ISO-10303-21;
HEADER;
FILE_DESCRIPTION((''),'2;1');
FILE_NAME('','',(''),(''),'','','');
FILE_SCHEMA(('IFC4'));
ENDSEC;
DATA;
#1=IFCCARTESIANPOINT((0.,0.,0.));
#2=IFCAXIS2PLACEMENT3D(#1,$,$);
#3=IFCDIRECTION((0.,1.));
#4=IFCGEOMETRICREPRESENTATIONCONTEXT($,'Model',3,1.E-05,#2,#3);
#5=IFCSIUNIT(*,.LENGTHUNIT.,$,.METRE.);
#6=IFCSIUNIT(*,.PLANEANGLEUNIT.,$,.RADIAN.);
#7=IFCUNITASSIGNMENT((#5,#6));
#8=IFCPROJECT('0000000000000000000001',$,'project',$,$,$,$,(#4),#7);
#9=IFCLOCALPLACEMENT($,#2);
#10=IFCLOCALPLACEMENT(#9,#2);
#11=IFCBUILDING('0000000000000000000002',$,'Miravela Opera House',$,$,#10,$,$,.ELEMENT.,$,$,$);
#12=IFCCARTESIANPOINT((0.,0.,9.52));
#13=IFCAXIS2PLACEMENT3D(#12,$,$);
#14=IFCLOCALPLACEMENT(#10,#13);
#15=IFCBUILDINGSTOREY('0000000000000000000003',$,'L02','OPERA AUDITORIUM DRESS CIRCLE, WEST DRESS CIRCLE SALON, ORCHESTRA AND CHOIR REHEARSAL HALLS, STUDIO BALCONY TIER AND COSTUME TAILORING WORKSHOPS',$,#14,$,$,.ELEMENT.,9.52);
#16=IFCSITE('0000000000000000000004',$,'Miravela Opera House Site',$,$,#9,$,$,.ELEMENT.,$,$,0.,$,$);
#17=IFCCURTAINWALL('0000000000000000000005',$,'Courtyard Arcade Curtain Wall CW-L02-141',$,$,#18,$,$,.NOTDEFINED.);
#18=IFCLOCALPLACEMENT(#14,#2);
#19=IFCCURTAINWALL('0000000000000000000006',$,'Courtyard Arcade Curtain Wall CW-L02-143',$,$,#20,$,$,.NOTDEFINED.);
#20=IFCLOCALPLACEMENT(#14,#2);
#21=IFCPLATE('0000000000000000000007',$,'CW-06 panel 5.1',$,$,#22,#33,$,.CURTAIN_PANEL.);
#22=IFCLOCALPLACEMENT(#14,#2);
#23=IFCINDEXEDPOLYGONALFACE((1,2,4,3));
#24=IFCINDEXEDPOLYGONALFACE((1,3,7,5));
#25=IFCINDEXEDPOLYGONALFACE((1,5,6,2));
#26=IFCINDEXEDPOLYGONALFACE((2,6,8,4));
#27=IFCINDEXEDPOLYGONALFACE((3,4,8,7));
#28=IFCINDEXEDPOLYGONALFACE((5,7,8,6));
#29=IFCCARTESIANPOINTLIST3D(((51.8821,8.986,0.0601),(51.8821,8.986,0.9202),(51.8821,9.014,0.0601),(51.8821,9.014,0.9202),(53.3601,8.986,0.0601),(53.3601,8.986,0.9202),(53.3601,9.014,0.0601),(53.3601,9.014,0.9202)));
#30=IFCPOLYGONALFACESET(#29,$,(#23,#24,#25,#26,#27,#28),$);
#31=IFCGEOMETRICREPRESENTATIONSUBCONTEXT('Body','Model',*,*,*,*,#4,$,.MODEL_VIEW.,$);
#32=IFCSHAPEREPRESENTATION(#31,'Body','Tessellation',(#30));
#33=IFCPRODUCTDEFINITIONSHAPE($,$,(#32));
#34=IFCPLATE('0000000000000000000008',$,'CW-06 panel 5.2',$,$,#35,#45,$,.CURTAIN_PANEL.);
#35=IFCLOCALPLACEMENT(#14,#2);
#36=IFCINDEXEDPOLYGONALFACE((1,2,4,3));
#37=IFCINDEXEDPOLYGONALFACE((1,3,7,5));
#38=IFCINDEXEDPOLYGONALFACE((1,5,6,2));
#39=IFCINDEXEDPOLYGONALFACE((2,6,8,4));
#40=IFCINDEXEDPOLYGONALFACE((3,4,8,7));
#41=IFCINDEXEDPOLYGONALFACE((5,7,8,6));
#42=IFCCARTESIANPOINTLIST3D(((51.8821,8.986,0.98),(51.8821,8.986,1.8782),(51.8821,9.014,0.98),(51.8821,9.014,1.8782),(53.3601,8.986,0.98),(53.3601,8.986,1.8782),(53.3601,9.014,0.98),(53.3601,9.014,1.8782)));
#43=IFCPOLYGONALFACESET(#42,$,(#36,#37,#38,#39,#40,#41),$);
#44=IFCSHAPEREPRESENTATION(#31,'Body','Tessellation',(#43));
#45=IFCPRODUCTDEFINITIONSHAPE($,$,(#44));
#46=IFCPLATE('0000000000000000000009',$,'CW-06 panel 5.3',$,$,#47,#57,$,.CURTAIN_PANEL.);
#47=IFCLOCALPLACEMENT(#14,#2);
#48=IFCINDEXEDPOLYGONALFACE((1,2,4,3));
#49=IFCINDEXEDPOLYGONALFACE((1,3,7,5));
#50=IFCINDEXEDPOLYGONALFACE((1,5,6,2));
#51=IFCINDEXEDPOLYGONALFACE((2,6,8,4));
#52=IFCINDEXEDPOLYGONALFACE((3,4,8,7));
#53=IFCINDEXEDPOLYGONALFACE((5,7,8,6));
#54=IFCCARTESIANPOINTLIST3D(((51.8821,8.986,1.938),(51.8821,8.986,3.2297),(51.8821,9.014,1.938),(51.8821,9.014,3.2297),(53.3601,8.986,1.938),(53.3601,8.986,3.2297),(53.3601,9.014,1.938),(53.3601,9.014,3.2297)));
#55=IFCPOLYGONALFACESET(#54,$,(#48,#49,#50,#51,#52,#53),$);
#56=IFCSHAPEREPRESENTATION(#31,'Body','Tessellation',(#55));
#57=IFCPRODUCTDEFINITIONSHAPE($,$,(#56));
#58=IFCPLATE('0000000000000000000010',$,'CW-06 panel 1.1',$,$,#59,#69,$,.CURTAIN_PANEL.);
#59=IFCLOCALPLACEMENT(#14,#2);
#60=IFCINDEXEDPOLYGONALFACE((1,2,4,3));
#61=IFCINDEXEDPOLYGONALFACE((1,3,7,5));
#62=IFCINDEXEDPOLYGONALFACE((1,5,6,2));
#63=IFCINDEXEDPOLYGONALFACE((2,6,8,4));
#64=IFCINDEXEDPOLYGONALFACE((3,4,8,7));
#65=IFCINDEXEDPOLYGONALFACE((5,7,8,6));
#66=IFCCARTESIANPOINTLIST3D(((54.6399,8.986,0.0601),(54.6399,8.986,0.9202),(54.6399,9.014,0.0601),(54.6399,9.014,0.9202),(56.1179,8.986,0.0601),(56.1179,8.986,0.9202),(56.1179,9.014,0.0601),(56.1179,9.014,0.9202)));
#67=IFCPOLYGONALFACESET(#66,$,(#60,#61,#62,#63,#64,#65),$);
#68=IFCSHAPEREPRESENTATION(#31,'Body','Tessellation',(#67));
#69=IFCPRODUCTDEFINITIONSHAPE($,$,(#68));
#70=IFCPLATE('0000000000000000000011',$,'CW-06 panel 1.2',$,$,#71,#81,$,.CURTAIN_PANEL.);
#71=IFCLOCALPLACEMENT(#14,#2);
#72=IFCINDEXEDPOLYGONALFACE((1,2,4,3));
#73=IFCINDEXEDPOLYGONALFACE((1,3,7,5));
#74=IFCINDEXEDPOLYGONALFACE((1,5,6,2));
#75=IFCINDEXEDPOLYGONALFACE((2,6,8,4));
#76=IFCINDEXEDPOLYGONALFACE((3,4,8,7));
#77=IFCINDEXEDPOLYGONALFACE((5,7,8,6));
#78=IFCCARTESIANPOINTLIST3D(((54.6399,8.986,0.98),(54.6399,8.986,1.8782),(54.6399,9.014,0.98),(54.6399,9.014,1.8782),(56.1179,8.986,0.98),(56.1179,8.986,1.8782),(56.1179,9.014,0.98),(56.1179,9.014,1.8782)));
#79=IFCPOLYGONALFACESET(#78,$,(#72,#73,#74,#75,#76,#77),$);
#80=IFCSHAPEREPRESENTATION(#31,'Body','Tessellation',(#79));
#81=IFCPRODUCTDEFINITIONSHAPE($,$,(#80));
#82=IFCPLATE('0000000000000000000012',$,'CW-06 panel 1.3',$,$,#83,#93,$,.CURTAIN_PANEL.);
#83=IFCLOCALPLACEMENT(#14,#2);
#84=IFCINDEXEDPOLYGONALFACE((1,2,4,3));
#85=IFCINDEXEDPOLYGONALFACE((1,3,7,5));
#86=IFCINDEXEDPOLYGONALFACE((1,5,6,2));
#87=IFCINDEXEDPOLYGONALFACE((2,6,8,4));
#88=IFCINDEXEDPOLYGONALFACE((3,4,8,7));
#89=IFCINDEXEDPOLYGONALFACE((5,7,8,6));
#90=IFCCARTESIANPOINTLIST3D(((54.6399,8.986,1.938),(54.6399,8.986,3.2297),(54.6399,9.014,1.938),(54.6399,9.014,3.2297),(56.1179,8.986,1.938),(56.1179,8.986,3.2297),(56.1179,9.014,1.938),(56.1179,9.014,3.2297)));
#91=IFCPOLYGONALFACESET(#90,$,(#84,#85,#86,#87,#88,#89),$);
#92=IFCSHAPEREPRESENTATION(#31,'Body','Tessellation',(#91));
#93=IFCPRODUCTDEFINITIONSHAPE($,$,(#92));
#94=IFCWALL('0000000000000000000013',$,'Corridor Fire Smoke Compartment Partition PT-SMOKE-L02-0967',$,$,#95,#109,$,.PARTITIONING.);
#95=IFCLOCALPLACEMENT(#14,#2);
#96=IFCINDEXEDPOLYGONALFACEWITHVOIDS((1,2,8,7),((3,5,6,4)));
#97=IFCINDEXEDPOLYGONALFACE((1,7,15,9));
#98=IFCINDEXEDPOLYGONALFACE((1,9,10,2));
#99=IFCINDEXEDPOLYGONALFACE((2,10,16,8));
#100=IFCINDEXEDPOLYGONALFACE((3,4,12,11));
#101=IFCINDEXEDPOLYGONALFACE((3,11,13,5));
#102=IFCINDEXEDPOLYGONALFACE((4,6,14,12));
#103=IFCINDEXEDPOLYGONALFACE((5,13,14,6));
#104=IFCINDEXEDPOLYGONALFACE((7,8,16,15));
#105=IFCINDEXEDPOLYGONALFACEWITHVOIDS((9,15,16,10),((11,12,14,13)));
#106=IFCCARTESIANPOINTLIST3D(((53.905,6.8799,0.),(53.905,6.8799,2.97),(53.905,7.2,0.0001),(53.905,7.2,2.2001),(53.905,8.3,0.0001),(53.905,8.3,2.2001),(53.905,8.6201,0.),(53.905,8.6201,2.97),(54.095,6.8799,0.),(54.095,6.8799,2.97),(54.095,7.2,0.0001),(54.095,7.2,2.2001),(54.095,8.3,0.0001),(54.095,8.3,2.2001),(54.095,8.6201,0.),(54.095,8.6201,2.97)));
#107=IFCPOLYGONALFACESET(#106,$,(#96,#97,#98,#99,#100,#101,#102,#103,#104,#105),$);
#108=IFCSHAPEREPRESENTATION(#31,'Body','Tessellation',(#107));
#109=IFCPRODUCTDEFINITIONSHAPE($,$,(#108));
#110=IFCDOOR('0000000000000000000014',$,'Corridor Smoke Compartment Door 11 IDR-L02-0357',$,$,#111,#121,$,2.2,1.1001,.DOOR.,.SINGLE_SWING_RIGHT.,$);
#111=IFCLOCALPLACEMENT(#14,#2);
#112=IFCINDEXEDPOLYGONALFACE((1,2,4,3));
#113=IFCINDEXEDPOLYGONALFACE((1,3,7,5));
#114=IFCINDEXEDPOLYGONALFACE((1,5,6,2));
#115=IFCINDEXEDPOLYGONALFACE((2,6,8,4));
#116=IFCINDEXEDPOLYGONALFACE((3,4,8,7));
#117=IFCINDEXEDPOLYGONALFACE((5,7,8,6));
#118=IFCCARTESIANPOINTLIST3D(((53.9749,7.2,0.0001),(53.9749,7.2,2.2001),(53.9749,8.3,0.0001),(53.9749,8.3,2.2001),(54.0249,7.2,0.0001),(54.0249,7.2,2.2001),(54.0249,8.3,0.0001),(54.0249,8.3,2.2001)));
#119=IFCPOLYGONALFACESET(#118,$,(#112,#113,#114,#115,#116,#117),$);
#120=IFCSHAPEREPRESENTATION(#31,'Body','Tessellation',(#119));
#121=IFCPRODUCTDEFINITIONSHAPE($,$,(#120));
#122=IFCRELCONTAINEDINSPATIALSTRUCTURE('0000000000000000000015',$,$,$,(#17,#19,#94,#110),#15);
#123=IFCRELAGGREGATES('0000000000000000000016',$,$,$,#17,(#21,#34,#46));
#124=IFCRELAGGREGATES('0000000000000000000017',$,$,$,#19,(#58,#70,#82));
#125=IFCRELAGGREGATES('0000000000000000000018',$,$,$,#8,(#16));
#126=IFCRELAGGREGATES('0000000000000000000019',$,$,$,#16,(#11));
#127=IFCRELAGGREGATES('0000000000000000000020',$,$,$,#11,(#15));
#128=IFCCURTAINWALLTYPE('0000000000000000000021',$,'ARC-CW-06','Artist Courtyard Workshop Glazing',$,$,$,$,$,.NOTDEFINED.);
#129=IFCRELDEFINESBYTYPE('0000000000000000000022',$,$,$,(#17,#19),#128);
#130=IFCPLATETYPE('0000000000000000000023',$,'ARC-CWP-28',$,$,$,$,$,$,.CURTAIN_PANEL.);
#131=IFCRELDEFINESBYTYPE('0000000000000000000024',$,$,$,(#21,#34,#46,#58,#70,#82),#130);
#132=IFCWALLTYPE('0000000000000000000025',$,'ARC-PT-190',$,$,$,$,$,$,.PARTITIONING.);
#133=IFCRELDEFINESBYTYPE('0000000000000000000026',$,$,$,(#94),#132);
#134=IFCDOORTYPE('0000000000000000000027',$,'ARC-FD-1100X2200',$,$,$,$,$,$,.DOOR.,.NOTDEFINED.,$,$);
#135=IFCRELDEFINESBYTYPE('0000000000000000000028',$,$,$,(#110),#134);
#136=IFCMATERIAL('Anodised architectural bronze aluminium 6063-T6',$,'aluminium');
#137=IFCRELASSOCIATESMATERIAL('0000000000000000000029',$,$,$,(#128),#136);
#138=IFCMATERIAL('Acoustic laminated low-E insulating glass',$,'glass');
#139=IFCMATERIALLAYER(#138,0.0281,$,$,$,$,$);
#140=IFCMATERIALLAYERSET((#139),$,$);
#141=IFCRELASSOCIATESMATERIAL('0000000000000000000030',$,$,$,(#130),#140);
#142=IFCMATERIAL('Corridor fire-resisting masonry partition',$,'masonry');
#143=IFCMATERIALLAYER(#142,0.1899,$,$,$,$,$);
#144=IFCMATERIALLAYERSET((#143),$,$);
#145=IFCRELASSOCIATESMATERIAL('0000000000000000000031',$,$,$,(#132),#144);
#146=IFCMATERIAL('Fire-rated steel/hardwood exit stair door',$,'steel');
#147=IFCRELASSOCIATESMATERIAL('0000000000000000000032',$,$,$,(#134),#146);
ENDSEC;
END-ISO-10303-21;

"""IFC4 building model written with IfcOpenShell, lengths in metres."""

from ifc_helpers import new_model, si_unit, direction, frame, frame_2d, origin, origin_2d, place, context, subcontext, project, spatial, rectangle, extrude, material, layer, layer_set, type_object, element, fill, aggregate, save


model = new_model("IFC4")

# Units and contexts
model_context = context("Model", 3, precision=1e-05, world=origin(), true_north=direction((0.0, 1.0)))
body_context = subcontext(model_context, "Body", "Model", "MODEL_VIEW")
ifc_project = project(units=[si_unit("LENGTHUNIT", "METRE"), si_unit("PLANEANGLEUNIT", "RADIAN")], contexts=[model_context])

# Site, building, storey
site_placement = place(None, origin())
site = spatial("IfcSite", under=ifc_project, at=site_placement, Name="Miravela Opera House Site", CompositionType="ELEMENT", RefElevation=0.0)
building_placement = place(site_placement, origin())
building = spatial("IfcBuilding", under=site, at=building_placement, Name="Miravela Opera House", CompositionType="ELEMENT")
storey_placement = place(building_placement, frame((0.0, 0.0, 9.52)))
storey = spatial("IfcBuildingStorey", under=building, at=storey_placement, Name="L02", Description="OPERA AUDITORIUM DRESS CIRCLE, WEST DRESS CIRCLE SALON, ORCHESTRA AND CHOIR REHEARSAL HALLS, STUDIO BALCONY TIER AND COSTUME TAILORING WORKSHOPS", CompositionType="ELEMENT", Elevation=9.52)

# Curtain walls
ifc_material_1 = material(Name="Anodised architectural bronze aluminium 6063-T6", Category="aluminium")
curtain_wall_type = type_object("IfcCurtainWallType", Name="ARC-CW-06", Description="Artist Courtyard Workshop Glazing", PredefinedType="NOTDEFINED", material=ifc_material_1)
curtain_wall_1_placement = place(storey_placement, origin())
curtain_wall_1 = element("IfcCurtainWall", 1, at=curtain_wall_1_placement, inside=storey, type_object=curtain_wall_type, Name="Courtyard Arcade Curtain Wall CW-L02-141", PredefinedType="NOTDEFINED")
curtain_wall_2_placement = place(storey_placement, origin())
curtain_wall_2 = element("IfcCurtainWall", 2, at=curtain_wall_2_placement, inside=storey, type_object=curtain_wall_type, Name="Courtyard Arcade Curtain Wall CW-L02-143", PredefinedType="NOTDEFINED")

# Plates
ifc_material_2 = material(Name="Acoustic laminated low-E insulating glass", Category="glass")
ifc_layer_1 = layer(ifc_material_2, 0.0281)
ifc_layer_set_1 = layer_set([ifc_layer_1])
plate_type = type_object("IfcPlateType", Name="ARC-CWP-28", PredefinedType="CURTAIN_PANEL", material=ifc_layer_set_1)
plate_1_placement = place(storey_placement, frame((52.6211, 9.0, 0.0601), z_axis=(0.0, 0.0, 1.0), x_axis=(1.0, 0.0, 0.0)))
plate_1 = element("IfcPlate", 3, at=plate_1_placement, type_object=plate_type, Name="CW-06 panel 5.1", PredefinedType="CURTAIN_PANEL", context=body_context, shape_type="SweptSolid", body=[
    extrude(rectangle(XDim=1.478, YDim=0.0281, at=origin_2d()), origin(), (0.0, 0.0, 1.0), 0.8601),
])
plate_2_placement = place(storey_placement, frame((52.6211, 9.0, 0.98), z_axis=(0.0, 0.0, 1.0), x_axis=(1.0, 0.0, 0.0)))
plate_2 = element("IfcPlate", 4, at=plate_2_placement, type_object=plate_type, Name="CW-06 panel 5.2", PredefinedType="CURTAIN_PANEL", context=body_context, shape_type="SweptSolid", body=[
    extrude(rectangle(XDim=1.478, YDim=0.0281, at=origin_2d()), origin(), (0.0, 0.0, 1.0), 0.8982),
])
plate_3_placement = place(storey_placement, frame((52.6211, 9.0, 1.938), z_axis=(0.0, 0.0, 1.0), x_axis=(1.0, 0.0, 0.0)))
plate_3 = element("IfcPlate", 5, at=plate_3_placement, type_object=plate_type, Name="CW-06 panel 5.3", PredefinedType="CURTAIN_PANEL", context=body_context, shape_type="SweptSolid", body=[
    extrude(rectangle(XDim=1.478, YDim=0.0281, at=origin_2d()), origin(), (0.0, 0.0, 1.0), 1.2917),
])
aggregate(curtain_wall_1, [plate_1, plate_2, plate_3])
plate_4_placement = place(storey_placement, frame((55.3789, 9.0, 0.0601), z_axis=(0.0, 0.0, 1.0), x_axis=(1.0, 0.0, 0.0)))
plate_4 = element("IfcPlate", 6, at=plate_4_placement, type_object=plate_type, Name="CW-06 panel 1.1", PredefinedType="CURTAIN_PANEL", context=body_context, shape_type="SweptSolid", body=[
    extrude(rectangle(XDim=1.478, YDim=0.0281, at=origin_2d()), origin(), (0.0, 0.0, 1.0), 0.8601),
])
plate_5_placement = place(storey_placement, frame((55.3789, 9.0, 0.98), z_axis=(0.0, 0.0, 1.0), x_axis=(1.0, 0.0, 0.0)))
plate_5 = element("IfcPlate", 7, at=plate_5_placement, type_object=plate_type, Name="CW-06 panel 1.2", PredefinedType="CURTAIN_PANEL", context=body_context, shape_type="SweptSolid", body=[
    extrude(rectangle(XDim=1.478, YDim=0.0281, at=origin_2d()), origin(), (0.0, 0.0, 1.0), 0.8982),
])
plate_6_placement = place(storey_placement, frame((55.3789, 9.0, 1.938), z_axis=(0.0, 0.0, 1.0), x_axis=(1.0, 0.0, 0.0)))
plate_6 = element("IfcPlate", 8, at=plate_6_placement, type_object=plate_type, Name="CW-06 panel 1.3", PredefinedType="CURTAIN_PANEL", context=body_context, shape_type="SweptSolid", body=[
    extrude(rectangle(XDim=1.478, YDim=0.0281, at=origin_2d()), origin(), (0.0, 0.0, 1.0), 1.2917),
])
aggregate(curtain_wall_2, [plate_4, plate_5, plate_6])

# Wall, opening, door
ifc_material_3 = material(Name="Corridor fire-resisting masonry partition", Category="masonry")
ifc_layer_2 = layer(ifc_material_3, 0.1899)
ifc_layer_set_2 = layer_set([ifc_layer_2])
wall_type = type_object("IfcWallType", Name="ARC-PT-190", PredefinedType="PARTITIONING", material=ifc_layer_set_2)
wall_placement = place(storey_placement, frame((54.0, 6.8799, 0.0), z_axis=(0.0, 0.0, 1.0), x_axis=(0.0, 1.0, 0.0)))
wall = element("IfcWall", 9, at=wall_placement, inside=storey, type_object=wall_type, Name="Corridor Fire Smoke Compartment Partition PT-SMOKE-L02-0967", PredefinedType="PARTITIONING", context=body_context, shape_type="SweptSolid", body=[
    extrude(rectangle(XDim=1.7402, YDim=0.1899, at=frame_2d((0.8701, 0.0))), origin(), (0.0, 0.0, 1.0), 2.97),
])
opening_placement = place(wall_placement, frame((0.3201, 0.0, 0.0)))
opening = element("IfcOpeningElement", 10, at=opening_placement, cuts=wall, PredefinedType="OPENING", context=body_context, shape_type="SweptSolid", body=[
    extrude(rectangle(XDim=1.1001, YDim=2.2, at=frame_2d((0.55, 1.1001))), frame((0.0, 0.105, 0.0), z_axis=(0.0, -1.0, 0.0), x_axis=(1.0, 0.0, 0.0)), (0.0, 0.0, 1.0), 0.21),
])
ifc_material_4 = material(Name="Fire-rated steel/hardwood exit stair door", Category="steel")
door_type = type_object("IfcDoorType", Name="ARC-FD-1100X2200", OperationType="NOTDEFINED", PredefinedType="DOOR", material=ifc_material_4)
door_placement = place(opening_placement, frame((1.1001, 0.0, 0.0), z_axis=(0.0, 0.0, 1.0), x_axis=(-1.0, 0.0, 0.0)))
door = element("IfcDoor", 11, at=door_placement, inside=storey, type_object=door_type, Name="Corridor Smoke Compartment Door 11 IDR-L02-0357", OperationType="SINGLE_SWING_RIGHT", OverallHeight=2.2, OverallWidth=1.1001, PredefinedType="DOOR", context=body_context, shape_type="SweptSolid", body=[
    extrude(rectangle(XDim=1.1001, YDim=2.2, at=frame_2d((0.55, 1.1001))), frame((0.0, 0.0249, 0.0), z_axis=(0.0, -1.0, 0.0), x_axis=(1.0, 0.0, 0.0)), (0.0, 0.0, 1.0), 0.05),
])
fill(opening, door)

save(model, "model.ifc")
